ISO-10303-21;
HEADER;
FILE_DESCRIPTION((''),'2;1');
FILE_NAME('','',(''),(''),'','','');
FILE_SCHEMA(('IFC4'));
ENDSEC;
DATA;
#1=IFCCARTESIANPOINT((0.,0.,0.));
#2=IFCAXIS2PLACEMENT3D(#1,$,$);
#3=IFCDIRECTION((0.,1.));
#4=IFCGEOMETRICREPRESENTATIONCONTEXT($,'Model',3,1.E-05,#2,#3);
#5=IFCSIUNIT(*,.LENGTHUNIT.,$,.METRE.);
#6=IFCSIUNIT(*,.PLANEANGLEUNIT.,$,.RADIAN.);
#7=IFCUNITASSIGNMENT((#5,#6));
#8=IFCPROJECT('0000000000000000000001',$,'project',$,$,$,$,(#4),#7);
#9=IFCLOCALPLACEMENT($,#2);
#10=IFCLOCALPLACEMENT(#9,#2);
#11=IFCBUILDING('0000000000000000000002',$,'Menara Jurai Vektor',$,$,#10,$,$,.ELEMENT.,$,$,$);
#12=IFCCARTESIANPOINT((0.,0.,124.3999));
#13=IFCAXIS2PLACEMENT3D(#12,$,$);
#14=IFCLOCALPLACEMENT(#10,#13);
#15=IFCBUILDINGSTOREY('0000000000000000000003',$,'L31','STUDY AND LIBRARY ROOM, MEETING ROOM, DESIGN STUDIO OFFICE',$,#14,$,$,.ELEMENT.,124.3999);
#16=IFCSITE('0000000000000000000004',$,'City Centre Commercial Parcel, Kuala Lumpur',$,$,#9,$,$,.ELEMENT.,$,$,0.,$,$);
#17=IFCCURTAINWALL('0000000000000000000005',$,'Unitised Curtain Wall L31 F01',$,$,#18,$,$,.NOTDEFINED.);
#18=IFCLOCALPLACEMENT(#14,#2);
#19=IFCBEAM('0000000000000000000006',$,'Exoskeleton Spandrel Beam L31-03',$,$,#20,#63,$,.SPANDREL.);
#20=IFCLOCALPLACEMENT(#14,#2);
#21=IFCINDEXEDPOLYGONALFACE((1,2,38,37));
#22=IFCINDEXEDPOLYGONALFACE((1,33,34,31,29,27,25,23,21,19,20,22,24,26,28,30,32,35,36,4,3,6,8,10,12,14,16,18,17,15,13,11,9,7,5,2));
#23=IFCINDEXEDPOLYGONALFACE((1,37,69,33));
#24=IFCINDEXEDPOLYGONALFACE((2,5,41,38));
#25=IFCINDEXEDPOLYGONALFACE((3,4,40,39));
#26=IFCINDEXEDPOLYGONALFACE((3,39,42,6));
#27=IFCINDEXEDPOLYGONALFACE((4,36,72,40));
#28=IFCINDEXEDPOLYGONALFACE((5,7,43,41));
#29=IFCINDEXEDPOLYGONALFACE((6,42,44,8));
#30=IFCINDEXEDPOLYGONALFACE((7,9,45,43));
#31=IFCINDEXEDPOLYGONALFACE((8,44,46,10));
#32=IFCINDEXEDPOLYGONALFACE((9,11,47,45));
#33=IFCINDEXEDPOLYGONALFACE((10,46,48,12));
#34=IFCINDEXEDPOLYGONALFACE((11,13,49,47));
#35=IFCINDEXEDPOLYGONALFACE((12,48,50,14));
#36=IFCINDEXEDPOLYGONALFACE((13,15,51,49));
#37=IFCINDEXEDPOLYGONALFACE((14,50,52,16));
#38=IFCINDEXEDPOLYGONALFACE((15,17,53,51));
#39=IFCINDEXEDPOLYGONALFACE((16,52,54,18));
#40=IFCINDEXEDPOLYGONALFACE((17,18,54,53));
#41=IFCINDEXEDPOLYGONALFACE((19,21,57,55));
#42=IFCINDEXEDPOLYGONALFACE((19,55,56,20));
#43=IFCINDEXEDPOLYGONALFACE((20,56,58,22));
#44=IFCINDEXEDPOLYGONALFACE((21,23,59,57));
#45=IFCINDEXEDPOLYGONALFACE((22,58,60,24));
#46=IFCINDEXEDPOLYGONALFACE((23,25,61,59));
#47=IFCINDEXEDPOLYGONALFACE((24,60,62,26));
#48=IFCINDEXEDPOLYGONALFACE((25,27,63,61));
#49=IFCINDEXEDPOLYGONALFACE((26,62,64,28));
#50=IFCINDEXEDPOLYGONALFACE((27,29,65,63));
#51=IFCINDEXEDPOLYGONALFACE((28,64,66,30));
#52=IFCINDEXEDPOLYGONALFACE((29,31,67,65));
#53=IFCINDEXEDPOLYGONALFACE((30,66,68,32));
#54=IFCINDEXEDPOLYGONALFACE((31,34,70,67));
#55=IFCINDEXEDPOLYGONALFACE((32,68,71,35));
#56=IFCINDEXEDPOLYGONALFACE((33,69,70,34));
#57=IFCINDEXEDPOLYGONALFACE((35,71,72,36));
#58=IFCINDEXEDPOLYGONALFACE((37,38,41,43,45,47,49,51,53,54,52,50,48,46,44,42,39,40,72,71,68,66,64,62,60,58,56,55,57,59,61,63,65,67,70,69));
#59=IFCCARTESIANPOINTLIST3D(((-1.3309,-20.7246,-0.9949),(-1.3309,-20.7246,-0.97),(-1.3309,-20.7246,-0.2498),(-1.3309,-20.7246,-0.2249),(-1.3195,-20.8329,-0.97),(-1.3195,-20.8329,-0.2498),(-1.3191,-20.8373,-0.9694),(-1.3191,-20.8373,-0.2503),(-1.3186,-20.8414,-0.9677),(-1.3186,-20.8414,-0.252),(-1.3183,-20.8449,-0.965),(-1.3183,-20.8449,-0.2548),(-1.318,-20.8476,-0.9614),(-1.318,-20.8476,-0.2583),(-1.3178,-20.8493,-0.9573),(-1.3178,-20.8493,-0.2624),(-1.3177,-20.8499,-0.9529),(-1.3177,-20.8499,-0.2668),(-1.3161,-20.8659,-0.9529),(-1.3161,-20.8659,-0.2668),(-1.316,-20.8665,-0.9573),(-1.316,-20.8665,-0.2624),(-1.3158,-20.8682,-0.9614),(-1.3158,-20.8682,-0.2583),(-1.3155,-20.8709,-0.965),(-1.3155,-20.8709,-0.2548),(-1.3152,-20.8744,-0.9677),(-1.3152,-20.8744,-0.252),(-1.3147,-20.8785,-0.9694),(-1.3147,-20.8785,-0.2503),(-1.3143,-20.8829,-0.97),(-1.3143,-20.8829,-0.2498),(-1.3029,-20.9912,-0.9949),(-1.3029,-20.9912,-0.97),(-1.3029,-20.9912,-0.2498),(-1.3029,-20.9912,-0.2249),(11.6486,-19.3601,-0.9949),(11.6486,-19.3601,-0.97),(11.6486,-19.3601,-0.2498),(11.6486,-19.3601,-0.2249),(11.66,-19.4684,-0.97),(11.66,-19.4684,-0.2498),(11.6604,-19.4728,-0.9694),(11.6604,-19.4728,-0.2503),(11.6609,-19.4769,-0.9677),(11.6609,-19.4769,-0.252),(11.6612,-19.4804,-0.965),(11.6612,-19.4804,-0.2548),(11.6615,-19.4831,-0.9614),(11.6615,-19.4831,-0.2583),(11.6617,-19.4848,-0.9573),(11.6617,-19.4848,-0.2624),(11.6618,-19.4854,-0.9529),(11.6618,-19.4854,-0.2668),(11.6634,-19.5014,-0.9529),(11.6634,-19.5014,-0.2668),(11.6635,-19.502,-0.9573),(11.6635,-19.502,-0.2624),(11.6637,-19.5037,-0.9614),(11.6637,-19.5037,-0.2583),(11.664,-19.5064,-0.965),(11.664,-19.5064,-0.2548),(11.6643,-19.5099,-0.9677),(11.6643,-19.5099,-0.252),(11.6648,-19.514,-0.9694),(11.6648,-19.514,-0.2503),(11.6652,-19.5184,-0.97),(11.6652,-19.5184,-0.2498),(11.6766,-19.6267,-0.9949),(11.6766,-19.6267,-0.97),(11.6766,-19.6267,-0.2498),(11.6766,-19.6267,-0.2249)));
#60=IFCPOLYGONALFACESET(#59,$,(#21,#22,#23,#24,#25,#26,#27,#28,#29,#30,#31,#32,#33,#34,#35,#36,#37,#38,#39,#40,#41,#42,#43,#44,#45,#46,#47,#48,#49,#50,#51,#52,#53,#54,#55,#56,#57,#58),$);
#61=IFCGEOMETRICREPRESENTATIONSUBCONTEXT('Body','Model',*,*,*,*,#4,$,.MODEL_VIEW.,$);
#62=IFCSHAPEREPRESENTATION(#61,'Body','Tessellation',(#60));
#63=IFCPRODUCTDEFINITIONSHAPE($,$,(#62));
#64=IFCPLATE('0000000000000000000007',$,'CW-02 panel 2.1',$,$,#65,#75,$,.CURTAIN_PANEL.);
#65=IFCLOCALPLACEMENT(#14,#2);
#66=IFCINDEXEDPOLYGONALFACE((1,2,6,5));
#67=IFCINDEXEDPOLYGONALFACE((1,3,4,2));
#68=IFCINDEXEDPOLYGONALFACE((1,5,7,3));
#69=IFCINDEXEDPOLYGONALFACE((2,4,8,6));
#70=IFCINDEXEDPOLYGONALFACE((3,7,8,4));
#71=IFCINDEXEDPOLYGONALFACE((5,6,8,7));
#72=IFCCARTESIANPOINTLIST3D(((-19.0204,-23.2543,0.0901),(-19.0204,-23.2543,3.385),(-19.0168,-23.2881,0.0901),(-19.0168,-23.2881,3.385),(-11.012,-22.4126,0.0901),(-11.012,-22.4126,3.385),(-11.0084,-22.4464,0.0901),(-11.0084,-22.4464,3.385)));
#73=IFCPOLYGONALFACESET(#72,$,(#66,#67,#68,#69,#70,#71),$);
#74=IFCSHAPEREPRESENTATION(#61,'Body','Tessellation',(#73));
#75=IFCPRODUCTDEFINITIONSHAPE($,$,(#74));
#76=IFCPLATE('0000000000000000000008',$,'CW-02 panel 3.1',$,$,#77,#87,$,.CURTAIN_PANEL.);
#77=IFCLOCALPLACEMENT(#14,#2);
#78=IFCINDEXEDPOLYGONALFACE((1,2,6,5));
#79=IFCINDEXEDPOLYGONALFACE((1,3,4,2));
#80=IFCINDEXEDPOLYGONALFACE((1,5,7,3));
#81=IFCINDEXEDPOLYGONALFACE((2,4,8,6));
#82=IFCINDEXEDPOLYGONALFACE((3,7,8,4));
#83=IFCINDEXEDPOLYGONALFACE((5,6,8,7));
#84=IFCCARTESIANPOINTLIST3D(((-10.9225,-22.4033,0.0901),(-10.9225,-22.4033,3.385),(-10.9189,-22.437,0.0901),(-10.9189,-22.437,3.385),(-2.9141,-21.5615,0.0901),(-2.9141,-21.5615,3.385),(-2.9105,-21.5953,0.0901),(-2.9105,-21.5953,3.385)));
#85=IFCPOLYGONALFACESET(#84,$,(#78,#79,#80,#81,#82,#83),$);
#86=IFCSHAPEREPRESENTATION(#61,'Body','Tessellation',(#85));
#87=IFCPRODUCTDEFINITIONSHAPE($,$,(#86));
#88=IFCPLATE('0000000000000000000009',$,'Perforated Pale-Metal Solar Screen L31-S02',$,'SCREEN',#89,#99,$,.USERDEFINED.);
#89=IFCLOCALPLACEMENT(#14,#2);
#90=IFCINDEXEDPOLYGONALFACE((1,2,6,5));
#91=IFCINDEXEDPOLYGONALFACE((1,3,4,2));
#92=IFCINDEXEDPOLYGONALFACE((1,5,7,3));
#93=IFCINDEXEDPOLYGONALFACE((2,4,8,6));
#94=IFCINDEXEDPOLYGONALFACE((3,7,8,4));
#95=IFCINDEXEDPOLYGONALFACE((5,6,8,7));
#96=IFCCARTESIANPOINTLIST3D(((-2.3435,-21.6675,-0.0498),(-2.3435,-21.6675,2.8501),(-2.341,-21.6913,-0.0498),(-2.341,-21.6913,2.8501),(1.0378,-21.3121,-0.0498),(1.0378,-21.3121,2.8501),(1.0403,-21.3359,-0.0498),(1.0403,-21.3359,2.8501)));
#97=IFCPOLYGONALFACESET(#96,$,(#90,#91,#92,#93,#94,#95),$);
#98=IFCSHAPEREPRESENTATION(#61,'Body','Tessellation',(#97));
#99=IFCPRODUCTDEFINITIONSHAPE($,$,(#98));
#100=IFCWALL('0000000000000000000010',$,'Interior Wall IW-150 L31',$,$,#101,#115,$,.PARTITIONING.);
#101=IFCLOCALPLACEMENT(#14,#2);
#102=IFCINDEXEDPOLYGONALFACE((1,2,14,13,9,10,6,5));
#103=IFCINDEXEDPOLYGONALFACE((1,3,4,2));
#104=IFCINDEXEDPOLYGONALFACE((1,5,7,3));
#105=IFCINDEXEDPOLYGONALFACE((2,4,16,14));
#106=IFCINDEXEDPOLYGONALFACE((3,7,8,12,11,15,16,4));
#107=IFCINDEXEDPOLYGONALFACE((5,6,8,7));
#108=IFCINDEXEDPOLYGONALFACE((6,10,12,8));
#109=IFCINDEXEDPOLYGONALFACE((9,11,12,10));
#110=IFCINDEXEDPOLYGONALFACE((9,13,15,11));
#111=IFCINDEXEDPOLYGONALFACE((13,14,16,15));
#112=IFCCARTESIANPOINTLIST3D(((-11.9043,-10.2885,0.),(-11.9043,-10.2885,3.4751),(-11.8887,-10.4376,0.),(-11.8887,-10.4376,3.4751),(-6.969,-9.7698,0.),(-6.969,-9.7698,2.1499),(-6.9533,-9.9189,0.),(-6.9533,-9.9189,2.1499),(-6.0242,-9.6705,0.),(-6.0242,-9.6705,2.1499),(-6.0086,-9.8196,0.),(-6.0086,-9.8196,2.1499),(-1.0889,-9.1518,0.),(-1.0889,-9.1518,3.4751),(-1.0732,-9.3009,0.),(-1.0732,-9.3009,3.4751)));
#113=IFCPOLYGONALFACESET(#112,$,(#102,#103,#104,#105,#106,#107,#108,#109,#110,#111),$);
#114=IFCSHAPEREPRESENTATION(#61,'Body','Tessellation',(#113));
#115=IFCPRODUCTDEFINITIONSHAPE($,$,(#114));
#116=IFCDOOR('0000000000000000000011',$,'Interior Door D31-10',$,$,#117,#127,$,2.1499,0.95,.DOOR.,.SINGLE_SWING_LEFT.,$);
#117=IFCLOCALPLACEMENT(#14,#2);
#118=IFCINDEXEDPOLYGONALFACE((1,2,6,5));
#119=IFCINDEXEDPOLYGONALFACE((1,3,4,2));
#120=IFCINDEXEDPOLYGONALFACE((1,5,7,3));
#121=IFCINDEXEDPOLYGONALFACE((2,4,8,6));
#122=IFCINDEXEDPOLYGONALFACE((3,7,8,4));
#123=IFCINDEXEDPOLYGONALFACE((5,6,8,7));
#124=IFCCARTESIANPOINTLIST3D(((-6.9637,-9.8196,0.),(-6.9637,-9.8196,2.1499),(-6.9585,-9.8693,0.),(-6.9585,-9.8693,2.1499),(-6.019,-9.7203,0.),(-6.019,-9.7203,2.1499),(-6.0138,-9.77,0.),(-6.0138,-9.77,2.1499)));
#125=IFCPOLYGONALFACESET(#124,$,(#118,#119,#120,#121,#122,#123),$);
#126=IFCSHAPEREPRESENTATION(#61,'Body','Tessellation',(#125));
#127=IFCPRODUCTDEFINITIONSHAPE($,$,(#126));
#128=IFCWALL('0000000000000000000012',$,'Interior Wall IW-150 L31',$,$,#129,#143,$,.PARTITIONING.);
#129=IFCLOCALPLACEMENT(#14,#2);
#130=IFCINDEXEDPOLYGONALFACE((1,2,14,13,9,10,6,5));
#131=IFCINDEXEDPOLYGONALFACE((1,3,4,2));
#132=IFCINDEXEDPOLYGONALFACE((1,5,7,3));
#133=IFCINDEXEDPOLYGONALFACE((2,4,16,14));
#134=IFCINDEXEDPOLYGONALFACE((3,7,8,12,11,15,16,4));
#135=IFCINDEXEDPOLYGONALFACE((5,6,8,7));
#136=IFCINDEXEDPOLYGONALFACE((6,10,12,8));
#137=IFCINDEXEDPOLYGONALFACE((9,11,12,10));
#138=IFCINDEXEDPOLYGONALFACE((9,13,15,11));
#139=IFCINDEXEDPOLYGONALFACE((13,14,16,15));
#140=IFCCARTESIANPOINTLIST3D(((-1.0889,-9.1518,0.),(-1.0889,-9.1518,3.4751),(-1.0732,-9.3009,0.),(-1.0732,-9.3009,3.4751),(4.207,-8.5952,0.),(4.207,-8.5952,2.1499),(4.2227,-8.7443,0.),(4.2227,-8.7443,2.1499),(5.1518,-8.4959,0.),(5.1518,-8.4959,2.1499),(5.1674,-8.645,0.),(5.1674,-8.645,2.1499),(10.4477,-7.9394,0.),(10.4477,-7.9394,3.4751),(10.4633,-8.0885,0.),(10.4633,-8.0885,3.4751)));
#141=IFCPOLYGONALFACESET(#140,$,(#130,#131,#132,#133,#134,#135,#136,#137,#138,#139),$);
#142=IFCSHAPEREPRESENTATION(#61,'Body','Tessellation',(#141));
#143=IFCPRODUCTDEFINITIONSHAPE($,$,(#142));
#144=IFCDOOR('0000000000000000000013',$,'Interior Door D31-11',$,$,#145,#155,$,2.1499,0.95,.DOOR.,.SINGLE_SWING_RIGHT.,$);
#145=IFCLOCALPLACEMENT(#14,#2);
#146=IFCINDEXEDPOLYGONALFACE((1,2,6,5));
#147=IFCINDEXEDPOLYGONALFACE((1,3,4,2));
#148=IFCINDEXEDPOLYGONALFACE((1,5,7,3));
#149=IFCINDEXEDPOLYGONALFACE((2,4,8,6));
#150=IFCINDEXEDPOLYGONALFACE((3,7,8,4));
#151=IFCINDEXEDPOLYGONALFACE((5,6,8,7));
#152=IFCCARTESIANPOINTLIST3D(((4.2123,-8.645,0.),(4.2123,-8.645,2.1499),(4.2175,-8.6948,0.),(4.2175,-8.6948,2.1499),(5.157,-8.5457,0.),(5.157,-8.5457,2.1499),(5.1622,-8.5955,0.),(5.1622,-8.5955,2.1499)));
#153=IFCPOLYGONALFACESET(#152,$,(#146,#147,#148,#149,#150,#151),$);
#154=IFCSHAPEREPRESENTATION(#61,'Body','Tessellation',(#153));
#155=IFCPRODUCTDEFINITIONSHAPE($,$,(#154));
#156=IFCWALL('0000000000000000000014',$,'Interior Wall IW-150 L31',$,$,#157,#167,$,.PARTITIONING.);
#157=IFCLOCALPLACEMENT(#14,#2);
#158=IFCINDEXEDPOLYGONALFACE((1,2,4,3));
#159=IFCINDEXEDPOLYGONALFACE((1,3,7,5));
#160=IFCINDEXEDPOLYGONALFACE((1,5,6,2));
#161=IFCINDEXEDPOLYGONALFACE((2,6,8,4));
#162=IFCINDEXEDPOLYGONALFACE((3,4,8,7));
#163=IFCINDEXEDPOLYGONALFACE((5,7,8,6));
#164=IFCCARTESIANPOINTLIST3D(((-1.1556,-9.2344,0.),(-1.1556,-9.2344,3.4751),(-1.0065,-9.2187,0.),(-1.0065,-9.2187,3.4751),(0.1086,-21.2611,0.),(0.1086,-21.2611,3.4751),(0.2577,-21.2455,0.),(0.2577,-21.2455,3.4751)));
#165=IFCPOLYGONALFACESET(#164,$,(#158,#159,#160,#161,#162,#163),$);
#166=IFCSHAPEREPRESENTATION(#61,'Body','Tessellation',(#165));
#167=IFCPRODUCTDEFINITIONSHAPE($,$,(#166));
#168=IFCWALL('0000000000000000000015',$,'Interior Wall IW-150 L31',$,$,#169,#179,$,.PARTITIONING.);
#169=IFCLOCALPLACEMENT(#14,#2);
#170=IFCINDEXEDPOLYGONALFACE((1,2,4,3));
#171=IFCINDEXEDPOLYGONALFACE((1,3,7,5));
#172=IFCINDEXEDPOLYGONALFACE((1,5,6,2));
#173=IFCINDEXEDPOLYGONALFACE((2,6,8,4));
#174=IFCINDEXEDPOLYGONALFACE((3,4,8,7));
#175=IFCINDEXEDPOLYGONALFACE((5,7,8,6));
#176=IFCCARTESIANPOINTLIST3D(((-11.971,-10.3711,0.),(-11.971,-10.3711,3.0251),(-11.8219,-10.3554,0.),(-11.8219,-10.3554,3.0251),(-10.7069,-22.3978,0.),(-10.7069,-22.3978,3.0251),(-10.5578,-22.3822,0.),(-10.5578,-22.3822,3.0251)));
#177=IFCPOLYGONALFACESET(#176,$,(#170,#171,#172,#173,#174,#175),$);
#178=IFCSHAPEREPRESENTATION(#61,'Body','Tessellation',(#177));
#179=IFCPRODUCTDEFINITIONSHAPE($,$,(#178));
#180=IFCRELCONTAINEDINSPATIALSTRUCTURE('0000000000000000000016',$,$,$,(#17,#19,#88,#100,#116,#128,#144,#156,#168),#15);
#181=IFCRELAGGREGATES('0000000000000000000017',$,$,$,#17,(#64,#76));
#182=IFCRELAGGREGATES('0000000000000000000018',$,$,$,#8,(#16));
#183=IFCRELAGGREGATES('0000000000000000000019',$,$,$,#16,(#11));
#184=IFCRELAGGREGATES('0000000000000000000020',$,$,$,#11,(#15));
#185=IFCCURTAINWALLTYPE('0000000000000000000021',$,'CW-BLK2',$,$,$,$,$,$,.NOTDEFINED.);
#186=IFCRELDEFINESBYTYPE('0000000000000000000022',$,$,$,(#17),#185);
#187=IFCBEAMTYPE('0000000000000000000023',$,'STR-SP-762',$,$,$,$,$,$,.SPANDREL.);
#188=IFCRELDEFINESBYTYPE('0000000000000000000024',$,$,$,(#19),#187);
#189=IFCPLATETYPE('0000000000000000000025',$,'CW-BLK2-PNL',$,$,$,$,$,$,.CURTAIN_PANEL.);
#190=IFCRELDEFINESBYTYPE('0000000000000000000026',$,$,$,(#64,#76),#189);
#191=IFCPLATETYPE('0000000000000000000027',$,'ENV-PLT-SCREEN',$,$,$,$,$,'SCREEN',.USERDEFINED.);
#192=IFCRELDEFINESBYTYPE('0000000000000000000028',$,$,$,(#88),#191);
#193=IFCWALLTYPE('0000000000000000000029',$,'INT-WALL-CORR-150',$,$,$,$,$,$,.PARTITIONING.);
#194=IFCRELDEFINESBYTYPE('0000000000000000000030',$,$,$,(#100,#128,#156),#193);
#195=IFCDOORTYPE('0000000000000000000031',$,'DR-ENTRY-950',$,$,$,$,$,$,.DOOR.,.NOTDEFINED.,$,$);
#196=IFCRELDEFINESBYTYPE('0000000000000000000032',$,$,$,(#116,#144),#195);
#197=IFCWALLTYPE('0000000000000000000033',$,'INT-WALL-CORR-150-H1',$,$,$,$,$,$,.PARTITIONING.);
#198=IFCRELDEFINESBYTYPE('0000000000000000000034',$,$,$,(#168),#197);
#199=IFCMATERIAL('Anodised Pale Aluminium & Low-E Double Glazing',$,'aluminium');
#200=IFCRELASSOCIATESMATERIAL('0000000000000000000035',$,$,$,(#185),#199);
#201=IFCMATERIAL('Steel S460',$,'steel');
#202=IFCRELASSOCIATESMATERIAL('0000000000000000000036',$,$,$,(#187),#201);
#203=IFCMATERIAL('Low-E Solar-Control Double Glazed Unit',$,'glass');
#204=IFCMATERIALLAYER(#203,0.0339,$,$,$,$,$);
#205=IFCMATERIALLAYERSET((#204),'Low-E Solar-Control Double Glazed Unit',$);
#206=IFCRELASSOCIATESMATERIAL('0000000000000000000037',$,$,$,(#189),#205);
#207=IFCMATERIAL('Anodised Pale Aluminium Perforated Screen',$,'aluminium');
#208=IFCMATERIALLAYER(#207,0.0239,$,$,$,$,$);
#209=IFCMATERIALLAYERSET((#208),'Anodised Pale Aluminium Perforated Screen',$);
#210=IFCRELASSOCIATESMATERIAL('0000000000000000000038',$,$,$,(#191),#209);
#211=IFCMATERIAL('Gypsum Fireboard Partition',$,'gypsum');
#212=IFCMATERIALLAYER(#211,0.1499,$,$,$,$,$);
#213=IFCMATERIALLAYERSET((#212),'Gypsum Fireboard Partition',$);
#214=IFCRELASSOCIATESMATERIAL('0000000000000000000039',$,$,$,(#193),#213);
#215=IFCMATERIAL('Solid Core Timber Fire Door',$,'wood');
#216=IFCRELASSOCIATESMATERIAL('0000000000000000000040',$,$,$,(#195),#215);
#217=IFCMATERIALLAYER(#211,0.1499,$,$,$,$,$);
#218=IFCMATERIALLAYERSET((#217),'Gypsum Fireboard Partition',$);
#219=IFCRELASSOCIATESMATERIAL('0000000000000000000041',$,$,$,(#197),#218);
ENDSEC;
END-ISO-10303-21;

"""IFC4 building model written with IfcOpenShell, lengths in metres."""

from ifc_helpers import new_model, si_unit, direction, frame, frame_2d, origin, origin_2d, place, context, subcontext, project, spatial, rectangle, i_section, extrude, material, layer, layer_set, material_profile, profile_set, type_object, element, fill, aggregate, save


model = new_model("IFC4")

# Units and contexts
model_context = context("Model", 3, precision=1e-05, world=origin(), true_north=direction((0.0, 1.0)))
body_context = subcontext(model_context, "Body", "Model", "MODEL_VIEW")
ifc_project = project(units=[si_unit("LENGTHUNIT", "METRE"), si_unit("PLANEANGLEUNIT", "RADIAN")], contexts=[model_context])

# Site, building, storey
site_placement = place(None, origin())
site = spatial("IfcSite", under=ifc_project, at=site_placement, Name="City Centre Commercial Parcel, Kuala Lumpur", CompositionType="ELEMENT", RefElevation=0.0)
building_placement = place(site_placement, origin())
building = spatial("IfcBuilding", under=site, at=building_placement, Name="Menara Jurai Vektor", CompositionType="ELEMENT")
storey_placement = place(building_placement, frame((0.0, 0.0, 124.3999)))
storey = spatial("IfcBuildingStorey", under=building, at=storey_placement, Name="L31", Description="STUDY AND LIBRARY ROOM, MEETING ROOM, DESIGN STUDIO OFFICE", CompositionType="ELEMENT", Elevation=124.3999)

# Shared definitions
ifc_material_1 = material(Name="Steel S460", Category="steel")

# Curtain wall
ifc_material_2 = material(Name="Anodised Pale Aluminium & Low-E Double Glazing", Category="aluminium")
curtain_wall_type = type_object("IfcCurtainWallType", Name="CW-BLK2", PredefinedType="NOTDEFINED", material=ifc_material_2)
curtain_wall_placement = place(storey_placement, origin())
curtain_wall = element("IfcCurtainWall", 1, at=curtain_wall_placement, inside=storey, type_object=curtain_wall_type, Name="Unitised Curtain Wall L31 F01", PredefinedType="NOTDEFINED")

# Beam
ifc_material_profile_1 = material_profile(ifc_material_1, i_section(OverallWidth=0.2681, OverallDepth=0.77, WebThickness=0.0161, FlangeThickness=0.0249, FilletRadius=0.0171, at=origin_2d()), Name="UKB 762x267x197")
ifc_profile_set_1 = profile_set([ifc_material_profile_1], Name="Steel S460")
beam_type_1 = type_object("IfcBeamType", Name="STR-SP-762", PredefinedType="SPANDREL", material=ifc_profile_set_1)
beam_1_placement = place(storey_placement, frame((-1.3169, -20.8579, -0.6099), z_axis=(0.994519, 0.104551, 0.0), x_axis=(-0.104551, 0.994519, 0.0)))
element("IfcBeam", 2, at=beam_1_placement, inside=storey, type_object=beam_type_1, Name="Exoskeleton Spandrel Beam L31-03", PredefinedType="SPANDREL", context=body_context, shape_type="SweptSolid", body=[
    extrude(i_section(OverallWidth=0.2681, OverallDepth=0.77, WebThickness=0.0161, FlangeThickness=0.0249, FilletRadius=0.0171, at=origin_2d()), origin(), (0.0, 0.0, 1.0), 13.051),
])

# Plates
ifc_material_3 = material(Name="Low-E Solar-Control Double Glazed Unit", Category="glass")
ifc_layer_1 = layer(ifc_material_3, 0.0339)
ifc_layer_set_1 = layer_set([ifc_layer_1], Name="Low-E Solar-Control Double Glazed Unit")
plate_type_1 = type_object("IfcPlateType", Name="CW-BLK2-PNL", PredefinedType="CURTAIN_PANEL", material=ifc_layer_set_1)
plate_1_placement = place(storey_placement, frame((-15.0144, -22.8503, 0.0901), z_axis=(0.0, 0.0, 1.0), x_axis=(0.994522, 0.104529, 0.0)))
plate_1 = element("IfcPlate", 3, at=plate_1_placement, type_object=plate_type_1, Name="CW-02 panel 2.1", PredefinedType="CURTAIN_PANEL", context=body_context, shape_type="SweptSolid", body=[
    extrude(rectangle(XDim=8.0525, YDim=0.0339, at=origin_2d()), origin(), (0.0, 0.0, 1.0), 3.2949),
])
plate_2_placement = place(storey_placement, frame((-6.9165, -21.9993, 0.0901), z_axis=(0.0, 0.0, 1.0), x_axis=(0.994522, 0.104529, 0.0)))
plate_2 = element("IfcPlate", 4, at=plate_2_placement, type_object=plate_type_1, Name="CW-02 panel 3.1", PredefinedType="CURTAIN_PANEL", context=body_context, shape_type="SweptSolid", body=[
    extrude(rectangle(XDim=8.0525, YDim=0.0339, at=origin_2d()), origin(), (0.0, 0.0, 1.0), 3.2949),
])
aggregate(curtain_wall, [plate_1, plate_2])
ifc_material_4 = material(Name="Anodised Pale Aluminium Perforated Screen", Category="aluminium")
ifc_layer_2 = layer(ifc_material_4, 0.0239)
ifc_layer_set_2 = layer_set([ifc_layer_2], Name="Anodised Pale Aluminium Perforated Screen")
plate_type_2 = type_object("IfcPlateType", Name="ENV-PLT-SCREEN", ElementType="SCREEN", PredefinedType="USERDEFINED", material=ifc_layer_set_2)
plate_3_placement = place(storey_placement, frame((-0.6516, -21.5017, -0.0498), z_axis=(0.0, 0.0, 1.0), x_axis=(0.994522, 0.104528, 0.0)))
element("IfcPlate", 5, at=plate_3_placement, inside=storey, type_object=plate_type_2, Name="Perforated Pale-Metal Solar Screen L31-S02", ObjectType="SCREEN", PredefinedType="USERDEFINED", context=body_context, shape_type="SweptSolid", body=[
    extrude(rectangle(XDim=3.3999, YDim=0.0239, at=origin_2d()), origin(), (0.0, 0.0, 1.0), 2.8999),
])

# Walls, openings, doors
ifc_material_5 = material(Name="Gypsum Fireboard Partition", Category="gypsum")
ifc_layer_3 = layer(ifc_material_5, 0.1499)
ifc_layer_set_3 = layer_set([ifc_layer_3], Name="Gypsum Fireboard Partition")
wall_type_1 = type_object("IfcWallType", Name="INT-WALL-CORR-150", PredefinedType="PARTITIONING", material=ifc_layer_set_3)
wall_1_placement = place(storey_placement, frame((-11.8965, -10.363, 0.0), z_axis=(0.0, 0.0, 1.0), x_axis=(0.994522, 0.104526, 0.0)))
wall_1 = element("IfcWall", 6, at=wall_1_placement, inside=storey, type_object=wall_type_1, Name="Interior Wall IW-150 L31", PredefinedType="PARTITIONING", context=body_context, shape_type="SweptSolid", body=[
    extrude(rectangle(XDim=10.875, YDim=0.1499, at=frame_2d((5.4375, 0.0))), origin(), (0.0, 0.0, 1.0), 3.4751),
])
opening_1_placement = place(wall_1_placement, frame((4.9624, 0.0, 0.0)))
opening_1 = element("IfcOpeningElement", 7, at=opening_1_placement, cuts=wall_1, PredefinedType="OPENING", context=body_context, shape_type="SweptSolid", body=[
    extrude(rectangle(XDim=0.95, YDim=2.1499, at=frame_2d((0.4751, 1.075))), frame((0.0, 0.085, 0.0), z_axis=(0.0, -1.0, 0.0), x_axis=(1.0, 0.0, 0.0)), (0.0, 0.0, 1.0), 0.1699),
])
ifc_material_6 = material(Name="Solid Core Timber Fire Door", Category="wood")
door_type = type_object("IfcDoorType", Name="DR-ENTRY-950", OperationType="NOTDEFINED", PredefinedType="DOOR", material=ifc_material_6)
door_1_placement = place(opening_1_placement, origin())
door_1 = element("IfcDoor", 8, at=door_1_placement, inside=storey, type_object=door_type, Name="Interior Door D31-10", OperationType="SINGLE_SWING_LEFT", OverallHeight=2.1499, OverallWidth=0.95, PredefinedType="DOOR", context=body_context, shape_type="SweptSolid", body=[
    extrude(rectangle(XDim=0.95, YDim=2.1499, at=frame_2d((0.4751, 1.075))), frame((0.0, 0.0249, 0.0), z_axis=(0.0, -1.0, 0.0), x_axis=(1.0, 0.0, 0.0)), (0.0, 0.0, 1.0), 0.05),
])
fill(opening_1, door_1)
wall_2_placement = place(storey_placement, frame((-1.0811, -9.2263, 0.0), z_axis=(0.0, 0.0, 1.0), x_axis=(0.994523, 0.104516, 0.0)))
wall_2 = element("IfcWall", 9, at=wall_2_placement, inside=storey, type_object=wall_type_1, Name="Interior Wall IW-150 L31", PredefinedType="PARTITIONING", context=body_context, shape_type="SweptSolid", body=[
    extrude(rectangle(XDim=11.6001, YDim=0.1499, at=frame_2d((5.8, 0.0))), origin(), (0.0, 0.0, 1.0), 3.4751),
])
opening_2_placement = place(wall_2_placement, frame((5.325, 0.0, 0.0)))
opening_2 = element("IfcOpeningElement", 10, at=opening_2_placement, cuts=wall_2, PredefinedType="OPENING", context=body_context, shape_type="SweptSolid", body=[
    extrude(rectangle(XDim=0.95, YDim=2.1499, at=frame_2d((0.4751, 1.075))), frame((0.0, 0.085, 0.0), z_axis=(0.0, -1.0, 0.0), x_axis=(1.0, 0.0, 0.0)), (0.0, 0.0, 1.0), 0.1699),
])
door_2_placement = place(opening_2_placement, origin())
door_2 = element("IfcDoor", 11, at=door_2_placement, inside=storey, type_object=door_type, Name="Interior Door D31-11", OperationType="SINGLE_SWING_RIGHT", OverallHeight=2.1499, OverallWidth=0.95, PredefinedType="DOOR", context=body_context, shape_type="SweptSolid", body=[
    extrude(rectangle(XDim=0.95, YDim=2.1499, at=frame_2d((0.4751, 1.075))), frame((0.0, 0.0249, 0.0), z_axis=(0.0, -1.0, 0.0), x_axis=(1.0, 0.0, 0.0)), (0.0, 0.0, 1.0), 0.05),
])
fill(opening_2, door_2)

# Walls
wall_3_placement = place(storey_placement, frame((0.1831, -21.2532, 0.0), z_axis=(0.0, 0.0, 1.0), x_axis=(-0.104536, 0.994521, 0.0)))
element("IfcWall", 12, at=wall_3_placement, inside=storey, type_object=wall_type_1, Name="Interior Wall IW-150 L31", PredefinedType="PARTITIONING", context=body_context, shape_type="SweptSolid", body=[
    extrude(rectangle(XDim=12.093, YDim=0.1499, at=frame_2d((6.0464, 0.0))), origin(), (0.0, 0.0, 1.0), 3.4751),
])
ifc_layer_4 = layer(ifc_material_5, 0.1499)
ifc_layer_set_4 = layer_set([ifc_layer_4], Name="Gypsum Fireboard Partition")
wall_type_2 = type_object("IfcWallType", Name="INT-WALL-CORR-150-H1", PredefinedType="PARTITIONING", material=ifc_layer_set_4)
wall_4_placement = place(storey_placement, frame((-10.6323, -22.3899, 0.0), z_axis=(0.0, 0.0, 1.0), x_axis=(-0.104536, 0.994521, 0.0)))
element("IfcWall", 13, at=wall_4_placement, inside=storey, type_object=wall_type_2, Name="Interior Wall IW-150 L31", PredefinedType="PARTITIONING", context=body_context, shape_type="SweptSolid", body=[
    extrude(rectangle(XDim=12.093, YDim=0.1499, at=frame_2d((6.0464, 0.0))), origin(), (0.0, 0.0, 1.0), 3.0251),
])

save(model, "model.ifc")
